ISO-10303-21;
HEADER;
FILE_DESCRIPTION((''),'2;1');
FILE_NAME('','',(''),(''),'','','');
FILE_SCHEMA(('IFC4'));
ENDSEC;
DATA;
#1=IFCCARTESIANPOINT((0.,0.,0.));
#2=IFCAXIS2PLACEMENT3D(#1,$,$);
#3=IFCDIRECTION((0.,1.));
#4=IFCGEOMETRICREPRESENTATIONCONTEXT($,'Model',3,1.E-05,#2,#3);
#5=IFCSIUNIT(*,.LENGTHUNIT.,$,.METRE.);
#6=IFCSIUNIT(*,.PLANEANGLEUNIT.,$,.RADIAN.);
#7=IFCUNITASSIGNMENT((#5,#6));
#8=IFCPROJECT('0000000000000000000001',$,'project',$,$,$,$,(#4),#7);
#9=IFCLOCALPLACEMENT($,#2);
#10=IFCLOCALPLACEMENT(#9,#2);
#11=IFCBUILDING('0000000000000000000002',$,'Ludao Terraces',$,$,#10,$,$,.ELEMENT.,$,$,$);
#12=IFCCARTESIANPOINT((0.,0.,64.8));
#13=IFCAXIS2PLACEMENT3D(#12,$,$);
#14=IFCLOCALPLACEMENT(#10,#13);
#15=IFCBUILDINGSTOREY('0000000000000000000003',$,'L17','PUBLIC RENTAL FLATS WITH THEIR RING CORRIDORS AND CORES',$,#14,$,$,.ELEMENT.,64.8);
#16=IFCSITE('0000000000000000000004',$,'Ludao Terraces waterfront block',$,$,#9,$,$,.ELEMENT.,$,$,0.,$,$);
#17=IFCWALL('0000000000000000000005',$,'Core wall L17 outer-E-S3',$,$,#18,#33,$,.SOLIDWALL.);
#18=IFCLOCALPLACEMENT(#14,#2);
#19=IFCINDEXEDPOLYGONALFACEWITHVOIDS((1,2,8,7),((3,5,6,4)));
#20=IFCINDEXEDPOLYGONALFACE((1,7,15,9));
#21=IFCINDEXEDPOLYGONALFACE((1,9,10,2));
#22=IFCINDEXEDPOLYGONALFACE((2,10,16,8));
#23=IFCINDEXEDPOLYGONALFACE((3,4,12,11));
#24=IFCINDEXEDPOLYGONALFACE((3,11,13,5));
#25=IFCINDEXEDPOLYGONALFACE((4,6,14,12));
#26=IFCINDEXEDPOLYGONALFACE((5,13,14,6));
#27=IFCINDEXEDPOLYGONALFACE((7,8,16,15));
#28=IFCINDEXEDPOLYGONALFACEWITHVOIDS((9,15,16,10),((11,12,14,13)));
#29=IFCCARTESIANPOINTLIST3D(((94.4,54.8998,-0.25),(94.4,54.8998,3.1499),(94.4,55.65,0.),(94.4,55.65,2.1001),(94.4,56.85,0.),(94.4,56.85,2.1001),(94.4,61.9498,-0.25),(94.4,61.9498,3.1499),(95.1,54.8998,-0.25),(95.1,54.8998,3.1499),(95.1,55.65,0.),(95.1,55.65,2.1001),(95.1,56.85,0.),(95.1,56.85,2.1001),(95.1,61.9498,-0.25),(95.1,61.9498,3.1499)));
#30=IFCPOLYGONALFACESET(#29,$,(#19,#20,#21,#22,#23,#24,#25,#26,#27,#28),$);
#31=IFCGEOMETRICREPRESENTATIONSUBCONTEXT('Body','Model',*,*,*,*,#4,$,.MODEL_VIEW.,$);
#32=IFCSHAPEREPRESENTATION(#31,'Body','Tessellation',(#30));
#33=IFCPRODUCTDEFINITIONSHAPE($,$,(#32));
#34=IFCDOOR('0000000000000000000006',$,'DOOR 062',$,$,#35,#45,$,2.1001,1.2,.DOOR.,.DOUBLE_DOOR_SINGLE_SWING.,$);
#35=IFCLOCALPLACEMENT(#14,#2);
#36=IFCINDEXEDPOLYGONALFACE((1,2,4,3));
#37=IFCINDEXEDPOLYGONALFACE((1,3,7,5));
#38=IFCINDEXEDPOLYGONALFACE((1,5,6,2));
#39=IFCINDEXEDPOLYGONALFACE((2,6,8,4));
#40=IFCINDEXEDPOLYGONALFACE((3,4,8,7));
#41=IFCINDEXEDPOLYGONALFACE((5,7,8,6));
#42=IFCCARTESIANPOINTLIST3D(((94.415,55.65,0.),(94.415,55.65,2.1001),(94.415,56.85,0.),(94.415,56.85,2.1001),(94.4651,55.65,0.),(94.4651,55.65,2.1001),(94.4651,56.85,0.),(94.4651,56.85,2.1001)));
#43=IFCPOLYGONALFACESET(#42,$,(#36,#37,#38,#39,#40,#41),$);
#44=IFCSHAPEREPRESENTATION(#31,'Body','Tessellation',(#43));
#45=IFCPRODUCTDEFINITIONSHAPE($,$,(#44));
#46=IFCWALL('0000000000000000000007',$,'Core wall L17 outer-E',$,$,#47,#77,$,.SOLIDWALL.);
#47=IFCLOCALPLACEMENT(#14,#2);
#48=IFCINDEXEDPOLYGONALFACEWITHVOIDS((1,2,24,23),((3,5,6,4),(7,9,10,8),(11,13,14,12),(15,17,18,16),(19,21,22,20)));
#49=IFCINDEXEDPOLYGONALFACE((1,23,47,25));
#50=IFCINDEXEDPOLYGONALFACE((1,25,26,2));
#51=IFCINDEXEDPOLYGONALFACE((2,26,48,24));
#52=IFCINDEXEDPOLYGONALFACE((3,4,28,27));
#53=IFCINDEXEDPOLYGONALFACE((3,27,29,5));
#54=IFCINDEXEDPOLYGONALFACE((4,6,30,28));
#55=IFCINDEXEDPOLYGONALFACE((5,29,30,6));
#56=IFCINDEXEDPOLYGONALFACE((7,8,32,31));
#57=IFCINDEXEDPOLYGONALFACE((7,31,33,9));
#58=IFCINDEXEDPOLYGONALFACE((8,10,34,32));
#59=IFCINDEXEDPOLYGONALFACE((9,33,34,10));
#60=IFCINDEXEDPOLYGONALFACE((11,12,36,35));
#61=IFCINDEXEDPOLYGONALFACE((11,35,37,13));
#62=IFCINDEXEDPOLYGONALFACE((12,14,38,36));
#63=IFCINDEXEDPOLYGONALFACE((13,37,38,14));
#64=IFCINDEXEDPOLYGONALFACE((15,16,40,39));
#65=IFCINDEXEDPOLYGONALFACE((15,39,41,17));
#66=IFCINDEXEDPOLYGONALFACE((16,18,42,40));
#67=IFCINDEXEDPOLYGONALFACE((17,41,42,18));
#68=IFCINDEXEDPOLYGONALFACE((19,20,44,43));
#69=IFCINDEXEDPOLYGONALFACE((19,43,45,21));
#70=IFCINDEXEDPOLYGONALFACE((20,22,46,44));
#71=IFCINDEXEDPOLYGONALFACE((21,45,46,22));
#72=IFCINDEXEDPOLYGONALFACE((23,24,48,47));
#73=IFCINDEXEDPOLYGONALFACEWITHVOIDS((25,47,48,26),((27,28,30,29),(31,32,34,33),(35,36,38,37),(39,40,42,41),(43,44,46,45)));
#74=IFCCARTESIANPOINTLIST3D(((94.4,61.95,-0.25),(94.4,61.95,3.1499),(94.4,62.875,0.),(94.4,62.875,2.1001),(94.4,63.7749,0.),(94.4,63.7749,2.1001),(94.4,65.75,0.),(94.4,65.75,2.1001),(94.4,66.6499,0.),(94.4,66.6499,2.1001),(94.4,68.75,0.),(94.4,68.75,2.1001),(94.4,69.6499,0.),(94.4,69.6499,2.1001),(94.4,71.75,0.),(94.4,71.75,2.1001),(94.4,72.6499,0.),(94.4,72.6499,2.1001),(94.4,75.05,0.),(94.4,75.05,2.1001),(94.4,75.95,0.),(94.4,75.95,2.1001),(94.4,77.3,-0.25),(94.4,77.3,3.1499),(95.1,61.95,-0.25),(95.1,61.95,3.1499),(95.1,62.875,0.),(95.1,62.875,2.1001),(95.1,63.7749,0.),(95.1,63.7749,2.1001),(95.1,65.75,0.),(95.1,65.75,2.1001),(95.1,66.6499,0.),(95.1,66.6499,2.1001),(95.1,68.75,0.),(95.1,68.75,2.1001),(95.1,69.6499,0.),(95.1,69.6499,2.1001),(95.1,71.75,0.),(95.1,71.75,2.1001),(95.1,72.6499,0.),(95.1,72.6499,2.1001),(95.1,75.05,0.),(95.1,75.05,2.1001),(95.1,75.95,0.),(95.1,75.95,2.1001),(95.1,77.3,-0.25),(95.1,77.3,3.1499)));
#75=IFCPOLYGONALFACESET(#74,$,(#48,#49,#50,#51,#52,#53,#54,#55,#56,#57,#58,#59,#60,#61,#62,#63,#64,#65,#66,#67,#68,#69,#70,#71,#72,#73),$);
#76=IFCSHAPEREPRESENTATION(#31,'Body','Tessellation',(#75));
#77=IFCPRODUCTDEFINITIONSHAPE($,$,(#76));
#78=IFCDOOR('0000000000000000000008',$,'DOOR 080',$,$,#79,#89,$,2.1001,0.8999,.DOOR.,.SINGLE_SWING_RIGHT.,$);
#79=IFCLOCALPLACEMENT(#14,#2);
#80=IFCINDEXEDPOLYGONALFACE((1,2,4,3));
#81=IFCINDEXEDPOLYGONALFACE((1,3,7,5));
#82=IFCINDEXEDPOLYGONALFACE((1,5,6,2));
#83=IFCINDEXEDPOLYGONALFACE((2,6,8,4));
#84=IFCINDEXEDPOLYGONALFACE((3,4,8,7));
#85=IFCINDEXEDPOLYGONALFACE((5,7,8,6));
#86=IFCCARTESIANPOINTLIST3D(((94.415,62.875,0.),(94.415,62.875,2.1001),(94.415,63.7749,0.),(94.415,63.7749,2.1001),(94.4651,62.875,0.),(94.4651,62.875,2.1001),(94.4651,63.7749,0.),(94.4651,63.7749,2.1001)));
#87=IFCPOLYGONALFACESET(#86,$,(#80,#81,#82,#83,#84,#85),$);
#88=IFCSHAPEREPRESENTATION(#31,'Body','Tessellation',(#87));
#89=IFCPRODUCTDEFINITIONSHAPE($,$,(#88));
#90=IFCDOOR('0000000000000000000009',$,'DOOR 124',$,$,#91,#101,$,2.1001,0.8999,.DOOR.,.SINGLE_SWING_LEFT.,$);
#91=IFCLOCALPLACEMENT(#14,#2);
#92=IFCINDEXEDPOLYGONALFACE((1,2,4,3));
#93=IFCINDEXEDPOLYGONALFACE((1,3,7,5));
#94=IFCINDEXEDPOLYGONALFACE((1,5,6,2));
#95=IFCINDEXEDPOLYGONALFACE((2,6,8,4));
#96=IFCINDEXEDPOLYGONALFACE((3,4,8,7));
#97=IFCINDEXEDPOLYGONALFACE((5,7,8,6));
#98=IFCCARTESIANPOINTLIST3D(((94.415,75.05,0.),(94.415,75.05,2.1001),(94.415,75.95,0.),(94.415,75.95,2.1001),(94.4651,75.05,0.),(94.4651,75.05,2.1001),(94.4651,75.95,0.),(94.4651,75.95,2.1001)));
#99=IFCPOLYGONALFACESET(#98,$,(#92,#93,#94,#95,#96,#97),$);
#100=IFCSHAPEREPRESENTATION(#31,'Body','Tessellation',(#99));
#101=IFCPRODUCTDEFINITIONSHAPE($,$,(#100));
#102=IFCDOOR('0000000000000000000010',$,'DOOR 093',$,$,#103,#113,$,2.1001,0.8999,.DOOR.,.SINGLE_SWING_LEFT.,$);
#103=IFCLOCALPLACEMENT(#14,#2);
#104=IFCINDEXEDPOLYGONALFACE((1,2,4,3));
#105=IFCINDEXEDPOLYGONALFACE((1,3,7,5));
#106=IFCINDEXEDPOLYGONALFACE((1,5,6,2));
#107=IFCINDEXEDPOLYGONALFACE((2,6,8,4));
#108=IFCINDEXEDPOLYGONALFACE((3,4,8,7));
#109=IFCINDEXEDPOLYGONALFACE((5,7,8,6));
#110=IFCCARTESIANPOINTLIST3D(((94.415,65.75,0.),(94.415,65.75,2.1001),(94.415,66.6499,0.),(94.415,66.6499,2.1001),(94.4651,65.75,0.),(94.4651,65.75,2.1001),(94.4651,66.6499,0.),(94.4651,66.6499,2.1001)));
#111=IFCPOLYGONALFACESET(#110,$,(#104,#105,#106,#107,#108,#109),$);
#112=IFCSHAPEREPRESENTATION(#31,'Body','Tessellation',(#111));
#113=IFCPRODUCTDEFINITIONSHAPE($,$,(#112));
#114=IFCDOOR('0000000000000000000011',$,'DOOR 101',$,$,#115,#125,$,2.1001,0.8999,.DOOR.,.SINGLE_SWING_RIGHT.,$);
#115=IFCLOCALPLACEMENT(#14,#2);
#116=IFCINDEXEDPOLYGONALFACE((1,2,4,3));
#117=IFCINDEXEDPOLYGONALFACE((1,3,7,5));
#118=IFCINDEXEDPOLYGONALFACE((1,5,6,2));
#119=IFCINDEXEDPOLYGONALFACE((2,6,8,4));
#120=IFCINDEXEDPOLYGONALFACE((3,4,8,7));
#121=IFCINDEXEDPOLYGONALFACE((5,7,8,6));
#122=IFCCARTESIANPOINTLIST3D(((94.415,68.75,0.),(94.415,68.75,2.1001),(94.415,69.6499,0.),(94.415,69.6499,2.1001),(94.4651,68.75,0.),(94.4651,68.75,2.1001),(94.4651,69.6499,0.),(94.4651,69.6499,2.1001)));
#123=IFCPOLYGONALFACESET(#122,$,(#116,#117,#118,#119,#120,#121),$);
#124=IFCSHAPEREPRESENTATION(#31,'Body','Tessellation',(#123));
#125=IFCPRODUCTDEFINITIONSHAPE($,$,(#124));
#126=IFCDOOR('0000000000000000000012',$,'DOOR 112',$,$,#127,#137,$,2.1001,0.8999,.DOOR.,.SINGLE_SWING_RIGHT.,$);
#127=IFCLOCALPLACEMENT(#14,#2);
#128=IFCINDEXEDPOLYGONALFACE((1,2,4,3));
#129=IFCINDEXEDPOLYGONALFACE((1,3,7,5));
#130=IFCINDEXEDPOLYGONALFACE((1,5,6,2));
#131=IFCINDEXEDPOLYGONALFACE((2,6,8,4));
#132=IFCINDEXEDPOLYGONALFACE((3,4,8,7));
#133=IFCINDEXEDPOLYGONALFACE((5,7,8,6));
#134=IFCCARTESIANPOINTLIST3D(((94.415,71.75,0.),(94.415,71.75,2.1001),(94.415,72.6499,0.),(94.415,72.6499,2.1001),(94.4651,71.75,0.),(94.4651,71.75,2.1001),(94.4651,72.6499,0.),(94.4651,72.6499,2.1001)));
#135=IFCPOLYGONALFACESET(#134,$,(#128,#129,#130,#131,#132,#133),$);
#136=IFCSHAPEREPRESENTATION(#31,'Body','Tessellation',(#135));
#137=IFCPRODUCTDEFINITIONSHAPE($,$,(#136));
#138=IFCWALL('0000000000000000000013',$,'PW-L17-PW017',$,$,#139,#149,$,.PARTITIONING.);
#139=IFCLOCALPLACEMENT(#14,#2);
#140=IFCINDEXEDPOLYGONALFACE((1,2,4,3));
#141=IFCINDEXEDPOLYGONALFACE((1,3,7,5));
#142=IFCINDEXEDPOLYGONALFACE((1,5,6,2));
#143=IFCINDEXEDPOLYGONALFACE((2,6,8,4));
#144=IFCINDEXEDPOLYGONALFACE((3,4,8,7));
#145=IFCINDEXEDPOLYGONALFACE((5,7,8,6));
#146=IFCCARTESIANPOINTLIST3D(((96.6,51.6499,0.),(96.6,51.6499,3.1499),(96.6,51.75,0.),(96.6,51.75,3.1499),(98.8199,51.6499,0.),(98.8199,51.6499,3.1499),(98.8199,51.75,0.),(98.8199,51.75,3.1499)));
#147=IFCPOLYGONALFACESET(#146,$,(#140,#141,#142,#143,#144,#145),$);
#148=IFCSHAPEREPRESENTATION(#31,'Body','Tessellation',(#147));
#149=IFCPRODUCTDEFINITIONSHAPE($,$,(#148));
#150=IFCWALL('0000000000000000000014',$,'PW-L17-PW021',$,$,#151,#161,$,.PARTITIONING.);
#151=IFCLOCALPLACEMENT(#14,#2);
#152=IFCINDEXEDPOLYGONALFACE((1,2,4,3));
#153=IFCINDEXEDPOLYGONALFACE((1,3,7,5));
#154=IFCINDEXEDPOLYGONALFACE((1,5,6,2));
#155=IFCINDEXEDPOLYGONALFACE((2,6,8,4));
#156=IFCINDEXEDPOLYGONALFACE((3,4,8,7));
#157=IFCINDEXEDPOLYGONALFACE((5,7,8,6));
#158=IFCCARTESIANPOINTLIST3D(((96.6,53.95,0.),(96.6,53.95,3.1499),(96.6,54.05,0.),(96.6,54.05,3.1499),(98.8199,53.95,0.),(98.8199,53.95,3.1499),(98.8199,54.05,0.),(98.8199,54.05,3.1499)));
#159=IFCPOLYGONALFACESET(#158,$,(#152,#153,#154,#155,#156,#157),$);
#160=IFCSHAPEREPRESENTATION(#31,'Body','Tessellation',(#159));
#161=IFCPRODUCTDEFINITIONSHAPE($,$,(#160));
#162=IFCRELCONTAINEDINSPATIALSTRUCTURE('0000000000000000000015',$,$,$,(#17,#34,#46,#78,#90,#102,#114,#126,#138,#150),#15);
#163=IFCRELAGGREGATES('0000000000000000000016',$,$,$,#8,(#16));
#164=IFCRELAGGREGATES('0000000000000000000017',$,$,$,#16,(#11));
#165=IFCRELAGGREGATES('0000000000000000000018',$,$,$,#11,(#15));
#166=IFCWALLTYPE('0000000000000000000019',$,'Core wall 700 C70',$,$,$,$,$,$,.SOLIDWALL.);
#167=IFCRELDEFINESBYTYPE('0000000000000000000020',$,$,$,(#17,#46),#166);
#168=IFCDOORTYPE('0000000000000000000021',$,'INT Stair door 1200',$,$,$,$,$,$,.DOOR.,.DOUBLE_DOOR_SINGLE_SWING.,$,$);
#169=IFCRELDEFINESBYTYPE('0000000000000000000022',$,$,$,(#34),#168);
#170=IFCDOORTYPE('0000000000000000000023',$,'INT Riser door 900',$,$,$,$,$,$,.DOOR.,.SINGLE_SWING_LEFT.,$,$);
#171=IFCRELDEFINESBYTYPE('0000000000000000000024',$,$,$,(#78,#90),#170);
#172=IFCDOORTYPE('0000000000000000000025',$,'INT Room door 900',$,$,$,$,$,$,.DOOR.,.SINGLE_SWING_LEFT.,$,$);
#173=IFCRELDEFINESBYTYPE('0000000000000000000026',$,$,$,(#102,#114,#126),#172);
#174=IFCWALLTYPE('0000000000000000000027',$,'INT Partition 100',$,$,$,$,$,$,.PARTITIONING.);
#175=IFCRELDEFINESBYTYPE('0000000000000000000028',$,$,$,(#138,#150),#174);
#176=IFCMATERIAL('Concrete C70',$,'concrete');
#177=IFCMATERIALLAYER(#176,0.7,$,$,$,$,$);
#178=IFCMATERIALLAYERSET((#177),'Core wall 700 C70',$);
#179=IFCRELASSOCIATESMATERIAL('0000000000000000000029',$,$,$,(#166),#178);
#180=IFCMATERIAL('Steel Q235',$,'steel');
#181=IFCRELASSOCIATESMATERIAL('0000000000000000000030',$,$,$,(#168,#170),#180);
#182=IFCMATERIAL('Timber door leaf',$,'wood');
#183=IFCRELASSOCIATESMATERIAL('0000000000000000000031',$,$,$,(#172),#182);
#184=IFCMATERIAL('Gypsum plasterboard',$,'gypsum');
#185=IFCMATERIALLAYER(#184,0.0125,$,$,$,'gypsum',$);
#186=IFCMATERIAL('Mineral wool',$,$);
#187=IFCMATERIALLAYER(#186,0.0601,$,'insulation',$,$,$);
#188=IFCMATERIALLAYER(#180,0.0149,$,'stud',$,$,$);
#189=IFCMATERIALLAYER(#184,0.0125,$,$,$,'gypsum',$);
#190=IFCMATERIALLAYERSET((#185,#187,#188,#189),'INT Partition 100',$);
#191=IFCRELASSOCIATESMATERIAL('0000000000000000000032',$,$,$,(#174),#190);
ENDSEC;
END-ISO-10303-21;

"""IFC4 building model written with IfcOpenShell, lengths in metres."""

from ifc_helpers import new_model, si_unit, direction, frame, frame_2d, origin, place, context, subcontext, project, spatial, rectangle, extrude, material, layer, layer_set, type_object, element, fill, save


model = new_model("IFC4")

# Units and contexts
model_context = context("Model", 3, precision=1e-05, world=origin(), true_north=direction((0.0, 1.0)))
body_context = subcontext(model_context, "Body", "Model", "MODEL_VIEW")
ifc_project = project(units=[si_unit("LENGTHUNIT", "METRE"), si_unit("PLANEANGLEUNIT", "RADIAN")], contexts=[model_context])

# Site, building, storey
site_placement = place(None, origin())
site = spatial("IfcSite", under=ifc_project, at=site_placement, Name="Ludao Terraces waterfront block", CompositionType="ELEMENT", RefElevation=0.0)
building_placement = place(site_placement, origin())
building = spatial("IfcBuilding", under=site, at=building_placement, Name="Ludao Terraces", CompositionType="ELEMENT")
storey_placement = place(building_placement, frame((0.0, 0.0, 64.8)))
storey = spatial("IfcBuildingStorey", under=building, at=storey_placement, Name="L17", Description="PUBLIC RENTAL FLATS WITH THEIR RING CORRIDORS AND CORES", CompositionType="ELEMENT", Elevation=64.8)

# Wall, opening, door
ifc_material_1 = material(Name="Concrete C70", Category="concrete")
ifc_layer_1 = layer(ifc_material_1, 0.7)
ifc_layer_set_1 = layer_set([ifc_layer_1], Name="Core wall 700 C70")
wall_type_1 = type_object("IfcWallType", Name="Core wall 700 C70", PredefinedType="SOLIDWALL", material=ifc_layer_set_1)
wall_1_placement = place(storey_placement, frame((94.75, 54.8999, -0.25), z_axis=(0.0, 0.0, 1.0), x_axis=(0.0, 1.0, 0.0)))
wall_1 = element("IfcWall", 1, at=wall_1_placement, inside=storey, type_object=wall_type_1, Name="Core wall L17 outer-E-S3", PredefinedType="SOLIDWALL", context=body_context, shape_type="SweptSolid", body=[
    extrude(rectangle(XDim=7.05, YDim=0.7, at=frame_2d((3.5249, 0.0))), origin(), (0.0, 0.0, 1.0), 3.3999),
])
opening_1_placement = place(wall_1_placement, frame((0.75, 0.0, 0.25)))
opening_1 = element("IfcOpeningElement", 2, at=opening_1_placement, cuts=wall_1, PredefinedType="OPENING", context=body_context, shape_type="SweptSolid", body=[
    extrude(rectangle(XDim=1.2, YDim=2.1001, at=frame_2d((0.6001, 1.05))), frame((0.0, 0.3599, 0.0), z_axis=(0.0, -1.0, 0.0), x_axis=(1.0, 0.0, 0.0)), (0.0, 0.0, 1.0), 0.72),
])
ifc_material_2 = material(Name="Steel Q235", Category="steel")
door_type_1 = type_object("IfcDoorType", Name="INT Stair door 1200", OperationType="DOUBLE_DOOR_SINGLE_SWING", PredefinedType="DOOR", material=ifc_material_2)
door_1_placement = place(opening_1_placement, origin())
door_1 = element("IfcDoor", 3, at=door_1_placement, inside=storey, type_object=door_type_1, Name="DOOR 062", OperationType="DOUBLE_DOOR_SINGLE_SWING", OverallHeight=2.1001, OverallWidth=1.2, PredefinedType="DOOR", context=body_context, shape_type="SweptSolid", body=[
    extrude(rectangle(XDim=1.2, YDim=2.1001, at=frame_2d((0.6001, 1.05))), frame((0.0, 0.335, 0.0), z_axis=(0.0, -1.0, 0.0), x_axis=(1.0, 0.0, 0.0)), (0.0, 0.0, 1.0), 0.05),
])
fill(opening_1, door_1)

# Wall, openings, doors
wall_2_placement = place(storey_placement, frame((94.75, 61.95, -0.25), z_axis=(0.0, 0.0, 1.0), x_axis=(0.0, 1.0, 0.0)))
wall_2 = element("IfcWall", 4, at=wall_2_placement, inside=storey, type_object=wall_type_1, Name="Core wall L17 outer-E", PredefinedType="SOLIDWALL", context=body_context, shape_type="SweptSolid", body=[
    extrude(rectangle(XDim=15.3501, YDim=0.7, at=frame_2d((7.675, 0.0))), origin(), (0.0, 0.0, 1.0), 3.3999),
])
opening_2_placement = place(wall_2_placement, frame((0.925, 0.0, 0.25)))
opening_2 = element("IfcOpeningElement", 5, at=opening_2_placement, cuts=wall_2, PredefinedType="OPENING", context=body_context, shape_type="SweptSolid", body=[
    extrude(rectangle(XDim=0.8999, YDim=2.1001, at=frame_2d((0.45, 1.05))), frame((0.0, 0.3599, 0.0), z_axis=(0.0, -1.0, 0.0), x_axis=(1.0, 0.0, 0.0)), (0.0, 0.0, 1.0), 0.72),
])
opening_3_placement = place(wall_2_placement, frame((3.8, 0.0, 0.25)))
opening_3 = element("IfcOpeningElement", 6, at=opening_3_placement, cuts=wall_2, PredefinedType="OPENING", context=body_context, shape_type="SweptSolid", body=[
    extrude(rectangle(XDim=0.8999, YDim=2.1001, at=frame_2d((0.45, 1.05))), frame((0.0, 0.3599, 0.0), z_axis=(0.0, -1.0, 0.0), x_axis=(1.0, 0.0, 0.0)), (0.0, 0.0, 1.0), 0.72),
])
opening_4_placement = place(wall_2_placement, frame((6.8, 0.0, 0.25)))
opening_4 = element("IfcOpeningElement", 7, at=opening_4_placement, cuts=wall_2, PredefinedType="OPENING", context=body_context, shape_type="SweptSolid", body=[
    extrude(rectangle(XDim=0.8999, YDim=2.1001, at=frame_2d((0.45, 1.05))), frame((0.0, 0.3599, 0.0), z_axis=(0.0, -1.0, 0.0), x_axis=(1.0, 0.0, 0.0)), (0.0, 0.0, 1.0), 0.72),
])
opening_5_placement = place(wall_2_placement, frame((9.8, 0.0, 0.25)))
opening_5 = element("IfcOpeningElement", 8, at=opening_5_placement, cuts=wall_2, PredefinedType="OPENING", context=body_context, shape_type="SweptSolid", body=[
    extrude(rectangle(XDim=0.8999, YDim=2.1001, at=frame_2d((0.45, 1.05))), frame((0.0, 0.3599, 0.0), z_axis=(0.0, -1.0, 0.0), x_axis=(1.0, 0.0, 0.0)), (0.0, 0.0, 1.0), 0.72),
])
opening_6_placement = place(wall_2_placement, frame((13.1001, 0.0, 0.25)))
opening_6 = element("IfcOpeningElement", 9, at=opening_6_placement, cuts=wall_2, PredefinedType="OPENING", context=body_context, shape_type="SweptSolid", body=[
    extrude(rectangle(XDim=0.8999, YDim=2.1001, at=frame_2d((0.45, 1.05))), frame((0.0, 0.3599, 0.0), z_axis=(0.0, -1.0, 0.0), x_axis=(1.0, 0.0, 0.0)), (0.0, 0.0, 1.0), 0.72),
])
door_type_2 = type_object("IfcDoorType", Name="INT Riser door 900", OperationType="SINGLE_SWING_LEFT", PredefinedType="DOOR", material=ifc_material_2)
door_2_placement = place(opening_2_placement, origin())
door_2 = element("IfcDoor", 10, at=door_2_placement, inside=storey, type_object=door_type_2, Name="DOOR 080", OperationType="SINGLE_SWING_RIGHT", OverallHeight=2.1001, OverallWidth=0.8999, PredefinedType="DOOR", context=body_context, shape_type="SweptSolid", body=[
    extrude(rectangle(XDim=0.8999, YDim=2.1001, at=frame_2d((0.45, 1.05))), frame((0.0, 0.335, 0.0), z_axis=(0.0, -1.0, 0.0), x_axis=(1.0, 0.0, 0.0)), (0.0, 0.0, 1.0), 0.05),
])
fill(opening_2, door_2)
door_3_placement = place(opening_6_placement, origin())
door_3 = element("IfcDoor", 11, at=door_3_placement, inside=storey, type_object=door_type_2, Name="DOOR 124", OperationType="SINGLE_SWING_LEFT", OverallHeight=2.1001, OverallWidth=0.8999, PredefinedType="DOOR", context=body_context, shape_type="SweptSolid", body=[
    extrude(rectangle(XDim=0.8999, YDim=2.1001, at=frame_2d((0.45, 1.05))), frame((0.0, 0.335, 0.0), z_axis=(0.0, -1.0, 0.0), x_axis=(1.0, 0.0, 0.0)), (0.0, 0.0, 1.0), 0.05),
])
fill(opening_6, door_3)
ifc_material_3 = material(Name="Timber door leaf", Category="wood")
door_type_3 = type_object("IfcDoorType", Name="INT Room door 900", OperationType="SINGLE_SWING_LEFT", PredefinedType="DOOR", material=ifc_material_3)
door_4_placement = place(opening_3_placement, origin())
door_4 = element("IfcDoor", 12, at=door_4_placement, inside=storey, type_object=door_type_3, Name="DOOR 093", OperationType="SINGLE_SWING_LEFT", OverallHeight=2.1001, OverallWidth=0.8999, PredefinedType="DOOR", context=body_context, shape_type="SweptSolid", body=[
    extrude(rectangle(XDim=0.8999, YDim=2.1001, at=frame_2d((0.45, 1.05))), frame((0.0, 0.335, 0.0), z_axis=(0.0, -1.0, 0.0), x_axis=(1.0, 0.0, 0.0)), (0.0, 0.0, 1.0), 0.05),
])
fill(opening_3, door_4)
door_5_placement = place(opening_4_placement, origin())
door_5 = element("IfcDoor", 13, at=door_5_placement, inside=storey, type_object=door_type_3, Name="DOOR 101", OperationType="SINGLE_SWING_RIGHT", OverallHeight=2.1001, OverallWidth=0.8999, PredefinedType="DOOR", context=body_context, shape_type="SweptSolid", body=[
    extrude(rectangle(XDim=0.8999, YDim=2.1001, at=frame_2d((0.45, 1.05))), frame((0.0, 0.335, 0.0), z_axis=(0.0, -1.0, 0.0), x_axis=(1.0, 0.0, 0.0)), (0.0, 0.0, 1.0), 0.05),
])
fill(opening_4, door_5)
door_6_placement = place(opening_5_placement, origin())
door_6 = element("IfcDoor", 14, at=door_6_placement, inside=storey, type_object=door_type_3, Name="DOOR 112", OperationType="SINGLE_SWING_RIGHT", OverallHeight=2.1001, OverallWidth=0.8999, PredefinedType="DOOR", context=body_context, shape_type="SweptSolid", body=[
    extrude(rectangle(XDim=0.8999, YDim=2.1001, at=frame_2d((0.45, 1.05))), frame((0.0, 0.335, 0.0), z_axis=(0.0, -1.0, 0.0), x_axis=(1.0, 0.0, 0.0)), (0.0, 0.0, 1.0), 0.05),
])
fill(opening_5, door_6)

# Walls
ifc_material_4 = material(Name="Gypsum plasterboard", Category="gypsum")
ifc_layer_2 = layer(ifc_material_4, 0.0125, Category="gypsum")
ifc_material_5 = material(Name="Mineral wool")
ifc_layer_3 = layer(ifc_material_5, 0.0601, Name="insulation")
ifc_layer_4 = layer(ifc_material_2, 0.0149, Name="stud")
ifc_layer_5 = layer(ifc_material_4, 0.0125, Category="gypsum")
ifc_layer_set_2 = layer_set([ifc_layer_2, ifc_layer_3, ifc_layer_4, ifc_layer_5], Name="INT Partition 100")
wall_type_2 = type_object("IfcWallType", Name="INT Partition 100", PredefinedType="PARTITIONING", material=ifc_layer_set_2)
for number, where, z_axis, x_axis, name in (
    (15, (96.6001, 51.7, 0.0), (0.0, 0.0, 1.0), (1.0, 0.0, 0.0), "PW-L17-PW017"),
    (16, (96.6001, 54.0, 0.0), (0.0, 0.0, 1.0), (1.0, 0.0, 0.0), "PW-L17-PW021"),
):
    element("IfcWall", number, at=place(storey_placement, frame(where, z_axis=z_axis, x_axis=x_axis)), inside=storey, type_object=wall_type_2, Name=name, PredefinedType="PARTITIONING", context=body_context, shape_type="SweptSolid", body=[
        extrude(rectangle(XDim=2.22, YDim=0.1001, at=frame_2d((1.1099, 0.0))), origin(), (0.0, 0.0, 1.0), 3.1499),
    ])

save(model, "model.ifc")
